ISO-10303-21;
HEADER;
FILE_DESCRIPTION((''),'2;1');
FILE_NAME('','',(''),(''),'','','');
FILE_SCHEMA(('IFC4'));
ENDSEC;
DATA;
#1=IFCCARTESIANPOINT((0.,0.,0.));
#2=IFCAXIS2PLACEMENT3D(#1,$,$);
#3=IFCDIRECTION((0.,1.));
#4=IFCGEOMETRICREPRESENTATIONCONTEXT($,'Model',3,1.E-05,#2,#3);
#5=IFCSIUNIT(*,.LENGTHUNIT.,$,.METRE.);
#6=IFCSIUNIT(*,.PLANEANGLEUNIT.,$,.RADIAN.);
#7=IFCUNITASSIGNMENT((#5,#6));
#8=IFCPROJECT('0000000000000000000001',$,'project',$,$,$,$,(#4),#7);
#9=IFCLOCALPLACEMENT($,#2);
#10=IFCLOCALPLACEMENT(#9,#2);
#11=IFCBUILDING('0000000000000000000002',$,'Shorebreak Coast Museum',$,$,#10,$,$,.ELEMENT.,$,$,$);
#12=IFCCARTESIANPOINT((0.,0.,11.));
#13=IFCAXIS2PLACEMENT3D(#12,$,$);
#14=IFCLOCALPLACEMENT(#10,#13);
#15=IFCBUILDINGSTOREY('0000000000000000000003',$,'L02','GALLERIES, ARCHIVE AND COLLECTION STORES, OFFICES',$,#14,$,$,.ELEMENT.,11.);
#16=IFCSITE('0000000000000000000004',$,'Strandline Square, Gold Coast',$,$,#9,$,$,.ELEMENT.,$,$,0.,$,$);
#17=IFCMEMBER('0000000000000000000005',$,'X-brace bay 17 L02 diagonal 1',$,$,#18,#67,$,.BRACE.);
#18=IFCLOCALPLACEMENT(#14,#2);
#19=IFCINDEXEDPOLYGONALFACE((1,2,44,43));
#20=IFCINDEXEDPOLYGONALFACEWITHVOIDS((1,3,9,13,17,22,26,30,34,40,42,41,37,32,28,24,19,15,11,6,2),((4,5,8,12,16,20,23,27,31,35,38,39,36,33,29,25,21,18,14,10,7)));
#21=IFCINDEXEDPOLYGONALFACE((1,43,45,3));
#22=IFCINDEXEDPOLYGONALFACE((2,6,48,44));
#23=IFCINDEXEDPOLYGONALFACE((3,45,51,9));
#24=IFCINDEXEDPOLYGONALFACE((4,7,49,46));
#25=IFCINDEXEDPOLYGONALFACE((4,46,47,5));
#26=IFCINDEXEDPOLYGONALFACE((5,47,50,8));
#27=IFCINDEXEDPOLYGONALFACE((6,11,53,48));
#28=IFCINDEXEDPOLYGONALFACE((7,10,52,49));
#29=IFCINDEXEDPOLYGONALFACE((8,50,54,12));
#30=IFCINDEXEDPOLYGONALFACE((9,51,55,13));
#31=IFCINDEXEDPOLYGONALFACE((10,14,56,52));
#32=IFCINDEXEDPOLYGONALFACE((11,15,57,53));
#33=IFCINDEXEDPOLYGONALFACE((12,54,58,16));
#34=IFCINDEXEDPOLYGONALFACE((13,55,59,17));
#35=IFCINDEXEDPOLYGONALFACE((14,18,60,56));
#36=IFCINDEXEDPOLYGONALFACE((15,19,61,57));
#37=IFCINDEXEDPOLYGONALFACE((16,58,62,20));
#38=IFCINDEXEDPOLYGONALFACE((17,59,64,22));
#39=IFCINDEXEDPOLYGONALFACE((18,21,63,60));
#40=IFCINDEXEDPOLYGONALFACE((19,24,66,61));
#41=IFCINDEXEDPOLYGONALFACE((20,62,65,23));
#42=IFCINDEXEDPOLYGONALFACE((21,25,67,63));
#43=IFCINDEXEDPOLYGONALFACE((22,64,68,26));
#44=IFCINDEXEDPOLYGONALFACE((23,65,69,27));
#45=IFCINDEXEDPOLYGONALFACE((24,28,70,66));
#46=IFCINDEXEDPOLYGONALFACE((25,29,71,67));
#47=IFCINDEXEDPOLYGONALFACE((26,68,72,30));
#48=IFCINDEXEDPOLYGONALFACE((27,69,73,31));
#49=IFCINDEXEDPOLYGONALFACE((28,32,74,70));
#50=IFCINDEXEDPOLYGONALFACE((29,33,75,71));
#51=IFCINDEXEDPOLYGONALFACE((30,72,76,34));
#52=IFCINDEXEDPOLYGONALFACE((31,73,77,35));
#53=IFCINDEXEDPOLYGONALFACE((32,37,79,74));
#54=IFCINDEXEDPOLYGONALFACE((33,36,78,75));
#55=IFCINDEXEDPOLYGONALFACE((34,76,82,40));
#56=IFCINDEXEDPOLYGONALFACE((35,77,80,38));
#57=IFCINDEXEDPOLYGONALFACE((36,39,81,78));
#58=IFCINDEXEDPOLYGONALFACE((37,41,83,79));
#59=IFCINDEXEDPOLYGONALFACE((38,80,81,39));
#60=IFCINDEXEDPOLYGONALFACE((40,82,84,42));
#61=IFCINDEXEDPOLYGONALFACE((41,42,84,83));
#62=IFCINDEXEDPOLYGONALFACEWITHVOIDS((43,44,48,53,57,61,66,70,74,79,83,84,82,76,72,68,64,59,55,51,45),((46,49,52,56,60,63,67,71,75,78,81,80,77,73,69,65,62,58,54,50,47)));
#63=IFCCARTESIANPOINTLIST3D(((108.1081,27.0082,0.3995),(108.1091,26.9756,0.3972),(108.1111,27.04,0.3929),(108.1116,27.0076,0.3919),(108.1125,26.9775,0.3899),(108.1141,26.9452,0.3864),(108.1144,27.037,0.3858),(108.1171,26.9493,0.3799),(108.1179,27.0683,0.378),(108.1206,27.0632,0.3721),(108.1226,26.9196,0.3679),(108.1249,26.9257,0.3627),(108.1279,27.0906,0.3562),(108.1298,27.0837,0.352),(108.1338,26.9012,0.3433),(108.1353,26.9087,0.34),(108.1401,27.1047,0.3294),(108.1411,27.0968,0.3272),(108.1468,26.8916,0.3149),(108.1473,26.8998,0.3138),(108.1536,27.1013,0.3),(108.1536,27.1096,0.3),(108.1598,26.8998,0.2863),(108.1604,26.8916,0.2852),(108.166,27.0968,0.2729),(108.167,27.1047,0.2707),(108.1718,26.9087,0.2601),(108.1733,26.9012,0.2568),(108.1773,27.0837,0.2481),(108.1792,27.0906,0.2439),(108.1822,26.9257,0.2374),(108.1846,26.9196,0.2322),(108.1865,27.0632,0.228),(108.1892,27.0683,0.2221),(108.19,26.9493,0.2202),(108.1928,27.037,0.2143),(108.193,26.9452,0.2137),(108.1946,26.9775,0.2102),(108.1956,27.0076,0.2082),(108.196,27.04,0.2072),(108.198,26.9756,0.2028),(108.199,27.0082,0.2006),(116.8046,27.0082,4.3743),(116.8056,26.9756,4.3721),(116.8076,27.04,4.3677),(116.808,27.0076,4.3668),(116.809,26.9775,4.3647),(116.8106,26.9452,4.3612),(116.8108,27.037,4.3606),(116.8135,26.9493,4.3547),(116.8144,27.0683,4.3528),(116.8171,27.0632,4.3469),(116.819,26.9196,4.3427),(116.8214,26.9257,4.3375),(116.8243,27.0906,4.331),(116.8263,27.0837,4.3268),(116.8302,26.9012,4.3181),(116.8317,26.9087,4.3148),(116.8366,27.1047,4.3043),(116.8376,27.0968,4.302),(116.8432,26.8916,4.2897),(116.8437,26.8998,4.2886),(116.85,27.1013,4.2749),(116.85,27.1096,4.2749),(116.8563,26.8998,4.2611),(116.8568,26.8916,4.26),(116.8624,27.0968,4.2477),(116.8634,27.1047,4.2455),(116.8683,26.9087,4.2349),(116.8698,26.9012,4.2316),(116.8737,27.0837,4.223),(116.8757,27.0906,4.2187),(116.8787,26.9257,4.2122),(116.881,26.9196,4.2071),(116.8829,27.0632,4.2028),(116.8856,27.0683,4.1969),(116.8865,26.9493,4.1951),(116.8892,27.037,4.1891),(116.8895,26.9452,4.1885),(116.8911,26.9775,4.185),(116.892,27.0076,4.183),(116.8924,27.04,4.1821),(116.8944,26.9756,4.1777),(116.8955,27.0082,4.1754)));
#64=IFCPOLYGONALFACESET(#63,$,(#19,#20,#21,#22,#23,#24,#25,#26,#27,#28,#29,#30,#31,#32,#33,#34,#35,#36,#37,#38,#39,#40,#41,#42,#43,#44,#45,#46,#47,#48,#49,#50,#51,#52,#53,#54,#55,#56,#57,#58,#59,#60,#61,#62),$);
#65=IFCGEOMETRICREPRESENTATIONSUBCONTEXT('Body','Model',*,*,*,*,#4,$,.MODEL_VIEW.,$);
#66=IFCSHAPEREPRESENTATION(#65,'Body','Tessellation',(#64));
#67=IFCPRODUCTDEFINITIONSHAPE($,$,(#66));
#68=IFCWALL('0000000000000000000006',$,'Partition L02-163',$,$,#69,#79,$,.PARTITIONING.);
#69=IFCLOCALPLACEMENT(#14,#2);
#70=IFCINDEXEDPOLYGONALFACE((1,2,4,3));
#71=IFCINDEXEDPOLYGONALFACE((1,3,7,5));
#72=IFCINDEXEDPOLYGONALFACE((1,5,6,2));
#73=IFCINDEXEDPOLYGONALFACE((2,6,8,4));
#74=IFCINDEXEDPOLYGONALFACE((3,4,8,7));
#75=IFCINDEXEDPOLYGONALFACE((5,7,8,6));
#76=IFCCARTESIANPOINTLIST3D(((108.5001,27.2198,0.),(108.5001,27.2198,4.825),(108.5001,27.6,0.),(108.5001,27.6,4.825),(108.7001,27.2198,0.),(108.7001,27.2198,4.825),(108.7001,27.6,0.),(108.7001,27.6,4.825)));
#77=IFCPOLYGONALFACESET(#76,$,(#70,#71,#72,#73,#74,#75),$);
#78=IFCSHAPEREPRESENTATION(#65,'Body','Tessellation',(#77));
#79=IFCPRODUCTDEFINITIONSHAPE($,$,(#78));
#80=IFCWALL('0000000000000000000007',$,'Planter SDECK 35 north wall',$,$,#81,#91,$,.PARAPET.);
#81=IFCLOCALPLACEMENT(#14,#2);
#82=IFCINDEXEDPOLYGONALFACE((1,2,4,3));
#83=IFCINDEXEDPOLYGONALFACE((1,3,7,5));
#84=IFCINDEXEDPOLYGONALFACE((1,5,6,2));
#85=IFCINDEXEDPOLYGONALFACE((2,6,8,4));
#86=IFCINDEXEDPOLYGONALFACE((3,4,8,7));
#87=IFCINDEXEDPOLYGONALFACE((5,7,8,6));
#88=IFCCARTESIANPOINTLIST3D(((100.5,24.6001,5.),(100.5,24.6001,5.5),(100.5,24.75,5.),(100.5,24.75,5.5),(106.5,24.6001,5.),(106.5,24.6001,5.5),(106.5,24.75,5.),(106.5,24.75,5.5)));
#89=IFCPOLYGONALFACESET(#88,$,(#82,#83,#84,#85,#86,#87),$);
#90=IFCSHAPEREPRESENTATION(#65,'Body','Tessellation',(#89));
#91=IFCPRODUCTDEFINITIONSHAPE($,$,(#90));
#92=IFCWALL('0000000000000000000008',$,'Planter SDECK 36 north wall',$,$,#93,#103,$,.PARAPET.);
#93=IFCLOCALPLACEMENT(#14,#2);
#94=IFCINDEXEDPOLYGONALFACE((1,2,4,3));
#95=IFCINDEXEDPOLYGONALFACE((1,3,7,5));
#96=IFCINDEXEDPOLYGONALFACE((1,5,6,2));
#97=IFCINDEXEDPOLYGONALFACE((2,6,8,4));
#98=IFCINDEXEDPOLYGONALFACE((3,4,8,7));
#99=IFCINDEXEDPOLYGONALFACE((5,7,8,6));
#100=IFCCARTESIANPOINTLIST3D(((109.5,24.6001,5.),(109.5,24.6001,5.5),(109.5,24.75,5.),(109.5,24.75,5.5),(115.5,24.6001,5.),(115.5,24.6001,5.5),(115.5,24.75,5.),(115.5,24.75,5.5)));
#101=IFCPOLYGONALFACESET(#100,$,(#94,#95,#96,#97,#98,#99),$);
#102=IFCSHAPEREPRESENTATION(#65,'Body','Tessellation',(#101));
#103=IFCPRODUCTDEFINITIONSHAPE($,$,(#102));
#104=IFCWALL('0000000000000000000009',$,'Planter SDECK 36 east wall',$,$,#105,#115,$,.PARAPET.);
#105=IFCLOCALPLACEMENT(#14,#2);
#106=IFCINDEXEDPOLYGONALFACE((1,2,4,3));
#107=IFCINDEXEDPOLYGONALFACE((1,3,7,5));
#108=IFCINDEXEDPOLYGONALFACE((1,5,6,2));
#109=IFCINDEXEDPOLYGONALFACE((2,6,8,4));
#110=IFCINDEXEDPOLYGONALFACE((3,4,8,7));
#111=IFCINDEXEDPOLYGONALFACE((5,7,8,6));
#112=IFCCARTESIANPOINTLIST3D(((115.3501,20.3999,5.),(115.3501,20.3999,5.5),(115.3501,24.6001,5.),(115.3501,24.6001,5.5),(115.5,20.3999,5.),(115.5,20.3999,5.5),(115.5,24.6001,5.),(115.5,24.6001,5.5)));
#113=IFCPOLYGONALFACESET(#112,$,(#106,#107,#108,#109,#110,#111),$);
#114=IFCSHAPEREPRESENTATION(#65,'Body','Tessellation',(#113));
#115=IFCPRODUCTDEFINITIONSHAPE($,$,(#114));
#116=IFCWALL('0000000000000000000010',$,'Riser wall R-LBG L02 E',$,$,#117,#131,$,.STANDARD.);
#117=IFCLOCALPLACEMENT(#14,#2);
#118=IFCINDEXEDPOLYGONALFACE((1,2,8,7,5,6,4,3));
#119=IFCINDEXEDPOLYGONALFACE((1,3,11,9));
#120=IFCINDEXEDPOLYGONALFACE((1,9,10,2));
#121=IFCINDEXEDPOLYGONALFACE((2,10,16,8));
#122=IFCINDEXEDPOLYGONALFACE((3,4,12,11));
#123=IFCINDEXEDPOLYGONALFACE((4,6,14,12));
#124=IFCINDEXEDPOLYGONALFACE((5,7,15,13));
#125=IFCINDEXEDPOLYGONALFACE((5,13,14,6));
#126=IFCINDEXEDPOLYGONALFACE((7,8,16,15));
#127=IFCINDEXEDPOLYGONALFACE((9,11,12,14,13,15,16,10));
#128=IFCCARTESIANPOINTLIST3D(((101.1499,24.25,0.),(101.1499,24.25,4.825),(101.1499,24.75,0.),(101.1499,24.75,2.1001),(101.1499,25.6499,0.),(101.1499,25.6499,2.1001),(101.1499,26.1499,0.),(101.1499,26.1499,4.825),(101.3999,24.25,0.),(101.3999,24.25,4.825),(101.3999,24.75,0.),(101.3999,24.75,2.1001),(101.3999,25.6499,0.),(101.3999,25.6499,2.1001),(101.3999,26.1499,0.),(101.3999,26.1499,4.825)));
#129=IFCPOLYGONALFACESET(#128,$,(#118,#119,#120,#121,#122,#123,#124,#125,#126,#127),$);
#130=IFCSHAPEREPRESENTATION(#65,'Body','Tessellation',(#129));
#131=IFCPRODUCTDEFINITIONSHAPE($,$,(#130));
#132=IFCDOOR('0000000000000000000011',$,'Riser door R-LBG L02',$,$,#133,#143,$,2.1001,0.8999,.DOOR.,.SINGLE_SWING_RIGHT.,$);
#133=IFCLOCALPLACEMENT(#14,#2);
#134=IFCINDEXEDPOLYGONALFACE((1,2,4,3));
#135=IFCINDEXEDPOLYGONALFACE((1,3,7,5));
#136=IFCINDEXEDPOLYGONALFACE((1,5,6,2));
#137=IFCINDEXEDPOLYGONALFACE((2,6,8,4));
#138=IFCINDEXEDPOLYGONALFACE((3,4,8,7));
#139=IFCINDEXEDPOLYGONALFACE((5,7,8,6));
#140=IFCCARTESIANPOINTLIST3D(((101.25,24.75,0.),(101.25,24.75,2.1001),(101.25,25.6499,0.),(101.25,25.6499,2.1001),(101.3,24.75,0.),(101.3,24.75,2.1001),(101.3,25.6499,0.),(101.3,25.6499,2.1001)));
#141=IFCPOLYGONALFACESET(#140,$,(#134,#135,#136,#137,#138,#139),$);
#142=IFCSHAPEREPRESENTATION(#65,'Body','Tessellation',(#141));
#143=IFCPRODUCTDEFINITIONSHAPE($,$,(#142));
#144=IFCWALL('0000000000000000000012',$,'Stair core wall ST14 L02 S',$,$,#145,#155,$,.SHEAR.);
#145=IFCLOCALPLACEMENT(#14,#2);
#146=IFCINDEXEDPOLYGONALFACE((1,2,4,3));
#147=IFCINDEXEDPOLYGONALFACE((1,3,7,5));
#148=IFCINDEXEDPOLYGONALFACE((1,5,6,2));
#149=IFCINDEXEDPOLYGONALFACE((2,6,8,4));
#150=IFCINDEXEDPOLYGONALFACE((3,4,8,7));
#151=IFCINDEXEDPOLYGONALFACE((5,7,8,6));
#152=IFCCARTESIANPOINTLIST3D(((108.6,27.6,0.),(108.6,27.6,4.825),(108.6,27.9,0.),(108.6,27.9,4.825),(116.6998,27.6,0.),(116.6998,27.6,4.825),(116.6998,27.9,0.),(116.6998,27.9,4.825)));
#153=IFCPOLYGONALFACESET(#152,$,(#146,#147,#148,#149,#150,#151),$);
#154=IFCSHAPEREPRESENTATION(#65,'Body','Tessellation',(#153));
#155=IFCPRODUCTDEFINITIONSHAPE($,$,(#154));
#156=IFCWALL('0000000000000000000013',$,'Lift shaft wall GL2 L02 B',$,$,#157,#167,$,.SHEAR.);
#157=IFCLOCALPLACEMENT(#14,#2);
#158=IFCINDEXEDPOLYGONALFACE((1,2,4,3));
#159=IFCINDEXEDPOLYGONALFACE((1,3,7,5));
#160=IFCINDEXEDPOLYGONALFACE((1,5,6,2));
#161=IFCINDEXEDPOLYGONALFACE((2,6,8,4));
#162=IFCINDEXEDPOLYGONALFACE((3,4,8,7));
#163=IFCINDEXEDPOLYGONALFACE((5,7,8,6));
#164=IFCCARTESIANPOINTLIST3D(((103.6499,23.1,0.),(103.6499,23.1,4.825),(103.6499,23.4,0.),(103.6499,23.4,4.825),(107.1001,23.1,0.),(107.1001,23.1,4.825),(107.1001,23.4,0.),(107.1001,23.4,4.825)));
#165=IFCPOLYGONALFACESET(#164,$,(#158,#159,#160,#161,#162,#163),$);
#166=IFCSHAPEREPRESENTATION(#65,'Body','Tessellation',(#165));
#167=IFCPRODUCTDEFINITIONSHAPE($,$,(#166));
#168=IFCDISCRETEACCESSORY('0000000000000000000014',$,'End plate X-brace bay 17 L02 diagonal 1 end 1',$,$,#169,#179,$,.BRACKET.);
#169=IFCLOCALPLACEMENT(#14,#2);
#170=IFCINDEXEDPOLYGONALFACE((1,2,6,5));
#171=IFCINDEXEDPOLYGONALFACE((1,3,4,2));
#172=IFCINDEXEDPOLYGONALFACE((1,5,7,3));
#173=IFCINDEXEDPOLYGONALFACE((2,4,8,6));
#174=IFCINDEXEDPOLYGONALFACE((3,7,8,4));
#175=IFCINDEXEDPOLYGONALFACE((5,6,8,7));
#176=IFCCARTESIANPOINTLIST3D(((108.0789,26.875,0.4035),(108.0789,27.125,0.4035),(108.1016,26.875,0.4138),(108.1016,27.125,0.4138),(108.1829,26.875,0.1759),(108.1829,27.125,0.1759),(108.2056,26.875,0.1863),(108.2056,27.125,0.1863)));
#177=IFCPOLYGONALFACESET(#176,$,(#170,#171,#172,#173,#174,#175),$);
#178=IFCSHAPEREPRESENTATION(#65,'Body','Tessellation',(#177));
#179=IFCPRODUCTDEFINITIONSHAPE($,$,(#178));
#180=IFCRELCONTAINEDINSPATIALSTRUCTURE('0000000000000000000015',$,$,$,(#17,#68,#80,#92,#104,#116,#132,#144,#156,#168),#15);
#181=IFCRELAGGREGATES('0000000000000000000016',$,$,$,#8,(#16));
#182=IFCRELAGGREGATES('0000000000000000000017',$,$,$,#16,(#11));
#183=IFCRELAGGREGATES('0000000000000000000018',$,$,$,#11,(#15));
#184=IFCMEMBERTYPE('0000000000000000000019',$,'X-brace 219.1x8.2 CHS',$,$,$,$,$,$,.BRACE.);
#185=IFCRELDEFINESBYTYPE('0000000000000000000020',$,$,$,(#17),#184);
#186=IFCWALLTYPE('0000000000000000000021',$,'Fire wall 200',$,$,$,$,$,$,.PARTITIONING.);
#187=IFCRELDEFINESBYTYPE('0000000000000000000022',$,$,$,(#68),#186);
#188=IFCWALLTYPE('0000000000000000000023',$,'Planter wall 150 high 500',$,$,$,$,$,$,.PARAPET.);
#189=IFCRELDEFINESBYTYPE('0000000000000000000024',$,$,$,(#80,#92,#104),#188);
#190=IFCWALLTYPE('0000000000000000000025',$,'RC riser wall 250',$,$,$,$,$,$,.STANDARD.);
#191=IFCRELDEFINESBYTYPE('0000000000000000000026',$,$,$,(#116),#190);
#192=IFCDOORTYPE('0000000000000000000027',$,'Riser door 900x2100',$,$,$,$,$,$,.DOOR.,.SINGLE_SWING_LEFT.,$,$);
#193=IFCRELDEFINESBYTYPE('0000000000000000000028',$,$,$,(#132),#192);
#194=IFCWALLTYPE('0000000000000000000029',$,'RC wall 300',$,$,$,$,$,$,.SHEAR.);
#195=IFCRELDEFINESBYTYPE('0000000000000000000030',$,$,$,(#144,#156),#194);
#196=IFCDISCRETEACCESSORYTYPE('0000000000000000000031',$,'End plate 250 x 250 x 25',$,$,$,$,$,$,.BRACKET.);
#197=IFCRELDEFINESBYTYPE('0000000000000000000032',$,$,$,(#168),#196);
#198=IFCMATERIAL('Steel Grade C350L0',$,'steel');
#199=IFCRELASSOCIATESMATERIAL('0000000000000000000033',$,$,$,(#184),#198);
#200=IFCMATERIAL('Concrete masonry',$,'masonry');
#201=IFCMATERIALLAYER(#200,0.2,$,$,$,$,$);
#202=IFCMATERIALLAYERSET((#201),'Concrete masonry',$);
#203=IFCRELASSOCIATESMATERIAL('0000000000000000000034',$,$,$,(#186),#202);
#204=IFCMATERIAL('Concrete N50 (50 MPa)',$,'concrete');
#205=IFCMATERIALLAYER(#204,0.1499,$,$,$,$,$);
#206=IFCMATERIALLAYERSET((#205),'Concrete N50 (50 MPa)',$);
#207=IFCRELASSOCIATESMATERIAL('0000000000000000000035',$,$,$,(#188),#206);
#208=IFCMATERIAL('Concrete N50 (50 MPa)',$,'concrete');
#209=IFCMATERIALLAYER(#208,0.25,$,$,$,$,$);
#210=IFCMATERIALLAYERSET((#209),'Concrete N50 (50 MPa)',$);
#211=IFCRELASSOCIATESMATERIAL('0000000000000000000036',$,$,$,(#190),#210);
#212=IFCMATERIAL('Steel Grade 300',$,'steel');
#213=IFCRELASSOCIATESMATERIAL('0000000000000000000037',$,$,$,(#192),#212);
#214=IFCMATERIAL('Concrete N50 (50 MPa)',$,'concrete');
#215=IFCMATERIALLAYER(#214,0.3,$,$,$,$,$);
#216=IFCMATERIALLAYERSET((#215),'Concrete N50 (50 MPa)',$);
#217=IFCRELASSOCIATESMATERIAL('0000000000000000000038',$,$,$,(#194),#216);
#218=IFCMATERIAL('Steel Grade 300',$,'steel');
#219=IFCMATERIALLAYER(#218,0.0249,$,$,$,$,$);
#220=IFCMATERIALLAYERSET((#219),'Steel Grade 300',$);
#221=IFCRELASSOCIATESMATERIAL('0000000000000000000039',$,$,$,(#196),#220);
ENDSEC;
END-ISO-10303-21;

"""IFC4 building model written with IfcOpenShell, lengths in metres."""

from ifc_helpers import new_model, si_unit, direction, frame, frame_2d, origin, origin_2d, place, context, subcontext, project, spatial, polyline, rectangle, hollow_circle, outline, extrude, material, layer, layer_set, material_profile, profile_set, type_object, element, fill, save


model = new_model("IFC4")

# Units and contexts
model_context = context("Model", 3, precision=1e-05, world=origin(), true_north=direction((0.0, 1.0)))
body_context = subcontext(model_context, "Body", "Model", "MODEL_VIEW")
ifc_project = project(units=[si_unit("LENGTHUNIT", "METRE"), si_unit("PLANEANGLEUNIT", "RADIAN")], contexts=[model_context])

# Site, building, storey
site_placement = place(None, origin())
site = spatial("IfcSite", under=ifc_project, at=site_placement, Name="Strandline Square, Gold Coast", CompositionType="ELEMENT", RefElevation=0.0)
building_placement = place(site_placement, origin())
building = spatial("IfcBuilding", under=site, at=building_placement, Name="Shorebreak Coast Museum", CompositionType="ELEMENT")
storey_placement = place(building_placement, frame((0.0, 0.0, 11.0)))
storey = spatial("IfcBuildingStorey", under=building, at=storey_placement, Name="L02", Description="GALLERIES, ARCHIVE AND COLLECTION STORES, OFFICES", CompositionType="ELEMENT", Elevation=11.0)

# Member
ifc_material_1 = material(Name="Steel Grade C350L0", Category="steel")
ifc_material_profile_1 = material_profile(ifc_material_1, hollow_circle(Radius=0.1096, WallThickness=0.0083, at=origin_2d()), Name="219.1x8.2 CHS")
ifc_profile_set_1 = profile_set([ifc_material_profile_1], Name="Steel Grade C350L0")
member_type = type_object("IfcMemberType", Name="X-brace 219.1x8.2 CHS", PredefinedType="BRACE", material=ifc_profile_set_1)
member_placement = place(storey_placement, frame((108.1536, 27.0, 0.3), z_axis=(0.909502, 0.0, 0.415699), x_axis=(0.0, 1.0, 0.0)))
element("IfcMember", 1, at=member_placement, inside=storey, type_object=member_type, Name="X-brace bay 17 L02 diagonal 1", PredefinedType="BRACE", context=body_context, shape_type="SweptSolid", body=[
    extrude(hollow_circle(Radius=0.1096, WallThickness=0.0083, at=origin_2d()), origin(), (0.0, 0.0, 1.0), 9.5618),
])

# Walls
ifc_material_2 = material(Name="Concrete masonry", Category="masonry")
ifc_layer_1 = layer(ifc_material_2, 0.2)
ifc_layer_set_1 = layer_set([ifc_layer_1], Name="Concrete masonry")
wall_type_1 = type_object("IfcWallType", Name="Fire wall 200", PredefinedType="PARTITIONING", material=ifc_layer_set_1)
wall_1_placement = place(storey_placement, frame((108.6001, 27.22, 0.0), z_axis=(0.0, 0.0, 1.0), x_axis=(0.0, 1.0, 0.0)))
element("IfcWall", 2, at=wall_1_placement, inside=storey, type_object=wall_type_1, Name="Partition L02-163", PredefinedType="PARTITIONING", context=body_context, shape_type="SweptSolid", body=[
    extrude(rectangle(XDim=0.3801, YDim=0.2, at=frame_2d((0.1899, 0.0))), origin(), (0.0, 0.0, 1.0), 4.825),
])
ifc_material_3 = material(Name="Concrete N50 (50 MPa)", Category="concrete")
ifc_layer_2 = layer(ifc_material_3, 0.1499)
ifc_layer_set_2 = layer_set([ifc_layer_2], Name="Concrete N50 (50 MPa)")
wall_type_2 = type_object("IfcWallType", Name="Planter wall 150 high 500", PredefinedType="PARAPET", material=ifc_layer_set_2)
for number, where, z_axis, x_axis, name in (
    (3, (100.5, 24.675, 5.0), (0.0, 0.0, 1.0), (1.0, 0.0, 0.0), "Planter SDECK 35 north wall"),
    (4, (109.5, 24.675, 5.0), (0.0, 0.0, 1.0), (1.0, 0.0, 0.0), "Planter SDECK 36 north wall"),
):
    element("IfcWall", number, at=place(storey_placement, frame(where, z_axis=z_axis, x_axis=x_axis)), inside=storey, type_object=wall_type_2, Name=name, PredefinedType="PARAPET", context=body_context, shape_type="SweptSolid", body=[
        extrude(rectangle(XDim=6.0, YDim=0.1499, at=frame_2d((3.0, 0.0))), origin(), (0.0, 0.0, 1.0), 0.5),
    ])
wall_2_placement = place(storey_placement, frame((115.425, 20.3999, 5.0), z_axis=(0.0, 0.0, 1.0), x_axis=(0.0, 1.0, 0.0)))
element("IfcWall", 5, at=wall_2_placement, inside=storey, type_object=wall_type_2, Name="Planter SDECK 36 east wall", PredefinedType="PARAPET", context=body_context, shape_type="SweptSolid", body=[
    extrude(rectangle(XDim=4.2002, YDim=0.1499, at=frame_2d((2.1001, 0.0))), origin(), (0.0, 0.0, 1.0), 0.5),
])

# Wall, opening, door
ifc_material_4 = material(Name="Concrete N50 (50 MPa)", Category="concrete")
ifc_layer_3 = layer(ifc_material_4, 0.25)
ifc_layer_set_3 = layer_set([ifc_layer_3], Name="Concrete N50 (50 MPa)")
wall_type_3 = type_object("IfcWallType", Name="RC riser wall 250", PredefinedType="STANDARD", material=ifc_layer_set_3)
wall_3_placement = place(storey_placement, frame((101.2749, 24.25, 0.0), z_axis=(0.0, 0.0, 1.0), x_axis=(0.0, 1.0, 0.0)))
wall_3 = element("IfcWall", 6, at=wall_3_placement, inside=storey, type_object=wall_type_3, Name="Riser wall R-LBG L02 E", PredefinedType="STANDARD", context=body_context, shape_type="SweptSolid", body=[
    extrude(rectangle(XDim=1.8999, YDim=0.25, at=frame_2d((0.95, 0.0))), origin(), (0.0, 0.0, 1.0), 4.825),
])
opening_placement = place(wall_3_placement, frame((0.5, 0.0, 0.0)))
opening = element("IfcOpeningElement", 7, at=opening_placement, cuts=wall_3, PredefinedType="OPENING", context=body_context, shape_type="SweptSolid", body=[
    extrude(rectangle(XDim=0.8999, YDim=2.1001, at=frame_2d((0.45, 1.05))), frame((0.0, 0.135, 0.0), z_axis=(0.0, -1.0, 0.0), x_axis=(1.0, 0.0, 0.0)), (0.0, 0.0, 1.0), 0.27),
])
ifc_material_5 = material(Name="Steel Grade 300", Category="steel")
door_type = type_object("IfcDoorType", Name="Riser door 900x2100", OperationType="SINGLE_SWING_LEFT", PredefinedType="DOOR", material=ifc_material_5)
door_placement = place(opening_placement, origin())
door = element("IfcDoor", 8, at=door_placement, inside=storey, type_object=door_type, Name="Riser door R-LBG L02", OperationType="SINGLE_SWING_RIGHT", OverallHeight=2.1001, OverallWidth=0.8999, PredefinedType="DOOR", context=body_context, shape_type="SweptSolid", body=[
    extrude(rectangle(XDim=0.8999, YDim=2.1001, at=frame_2d((0.45, 1.05))), frame((0.0, 0.0249, 0.0), z_axis=(0.0, -1.0, 0.0), x_axis=(1.0, 0.0, 0.0)), (0.0, 0.0, 1.0), 0.05),
])
fill(opening, door)

# Walls
ifc_material_6 = material(Name="Concrete N50 (50 MPa)", Category="concrete")
ifc_layer_4 = layer(ifc_material_6, 0.3)
ifc_layer_set_4 = layer_set([ifc_layer_4], Name="Concrete N50 (50 MPa)")
wall_type_4 = type_object("IfcWallType", Name="RC wall 300", PredefinedType="SHEAR", material=ifc_layer_set_4)
wall_4_placement = place(storey_placement, frame((108.6001, 27.75, 0.0), z_axis=(0.0, 0.0, 1.0), x_axis=(1.0, 0.0, 0.0)))
element("IfcWall", 9, at=wall_4_placement, inside=storey, type_object=wall_type_4, Name="Stair core wall ST14 L02 S", PredefinedType="SHEAR", context=body_context, shape_type="SweptSolid", body=[
    extrude(rectangle(XDim=8.0999, YDim=0.3, at=frame_2d((4.0498, 0.0))), origin(), (0.0, 0.0, 1.0), 4.825),
])
wall_5_placement = place(storey_placement, frame((103.6499, 23.25, 0.0), z_axis=(0.0, 0.0, 1.0), x_axis=(1.0, 0.0, 0.0)))
element("IfcWall", 10, at=wall_5_placement, inside=storey, type_object=wall_type_4, Name="Lift shaft wall GL2 L02 B", PredefinedType="SHEAR", context=body_context, shape_type="SweptSolid", body=[
    extrude(rectangle(XDim=3.4502, YDim=0.3, at=frame_2d((1.7251, 0.0))), origin(), (0.0, 0.0, 1.0), 4.825),
])

# Discrete accessory
ifc_material_7 = material(Name="Steel Grade 300", Category="steel")
ifc_layer_5 = layer(ifc_material_7, 0.0249)
ifc_layer_set_5 = layer_set([ifc_layer_5], Name="Steel Grade 300")
discrete_accessory_type = type_object("IfcDiscreteAccessoryType", Name="End plate 250 x 250 x 25", PredefinedType="BRACKET", material=ifc_layer_set_5)
discrete_accessory_1_placement = place(storey_placement, frame((108.2056, 26.875, 0.1863), z_axis=(0.909496, 0.0, 0.415714), x_axis=(0.0, 1.0, 0.0)))
element("IfcDiscreteAccessory", 11, at=discrete_accessory_1_placement, inside=storey, type_object=discrete_accessory_type, Name="End plate X-brace bay 17 L02 diagonal 1 end 1", PredefinedType="BRACKET", context=body_context, shape_type="SweptSolid", body=[
    extrude(outline(polyline([(0.0, 0.0), (0.25, 0.0), (0.25, 0.2502), (0.0, 0.2502), (0.0, 0.0)])), origin(), (0.0, 0.0, -1.0), 0.0249),
])

save(model, "model.ifc")
